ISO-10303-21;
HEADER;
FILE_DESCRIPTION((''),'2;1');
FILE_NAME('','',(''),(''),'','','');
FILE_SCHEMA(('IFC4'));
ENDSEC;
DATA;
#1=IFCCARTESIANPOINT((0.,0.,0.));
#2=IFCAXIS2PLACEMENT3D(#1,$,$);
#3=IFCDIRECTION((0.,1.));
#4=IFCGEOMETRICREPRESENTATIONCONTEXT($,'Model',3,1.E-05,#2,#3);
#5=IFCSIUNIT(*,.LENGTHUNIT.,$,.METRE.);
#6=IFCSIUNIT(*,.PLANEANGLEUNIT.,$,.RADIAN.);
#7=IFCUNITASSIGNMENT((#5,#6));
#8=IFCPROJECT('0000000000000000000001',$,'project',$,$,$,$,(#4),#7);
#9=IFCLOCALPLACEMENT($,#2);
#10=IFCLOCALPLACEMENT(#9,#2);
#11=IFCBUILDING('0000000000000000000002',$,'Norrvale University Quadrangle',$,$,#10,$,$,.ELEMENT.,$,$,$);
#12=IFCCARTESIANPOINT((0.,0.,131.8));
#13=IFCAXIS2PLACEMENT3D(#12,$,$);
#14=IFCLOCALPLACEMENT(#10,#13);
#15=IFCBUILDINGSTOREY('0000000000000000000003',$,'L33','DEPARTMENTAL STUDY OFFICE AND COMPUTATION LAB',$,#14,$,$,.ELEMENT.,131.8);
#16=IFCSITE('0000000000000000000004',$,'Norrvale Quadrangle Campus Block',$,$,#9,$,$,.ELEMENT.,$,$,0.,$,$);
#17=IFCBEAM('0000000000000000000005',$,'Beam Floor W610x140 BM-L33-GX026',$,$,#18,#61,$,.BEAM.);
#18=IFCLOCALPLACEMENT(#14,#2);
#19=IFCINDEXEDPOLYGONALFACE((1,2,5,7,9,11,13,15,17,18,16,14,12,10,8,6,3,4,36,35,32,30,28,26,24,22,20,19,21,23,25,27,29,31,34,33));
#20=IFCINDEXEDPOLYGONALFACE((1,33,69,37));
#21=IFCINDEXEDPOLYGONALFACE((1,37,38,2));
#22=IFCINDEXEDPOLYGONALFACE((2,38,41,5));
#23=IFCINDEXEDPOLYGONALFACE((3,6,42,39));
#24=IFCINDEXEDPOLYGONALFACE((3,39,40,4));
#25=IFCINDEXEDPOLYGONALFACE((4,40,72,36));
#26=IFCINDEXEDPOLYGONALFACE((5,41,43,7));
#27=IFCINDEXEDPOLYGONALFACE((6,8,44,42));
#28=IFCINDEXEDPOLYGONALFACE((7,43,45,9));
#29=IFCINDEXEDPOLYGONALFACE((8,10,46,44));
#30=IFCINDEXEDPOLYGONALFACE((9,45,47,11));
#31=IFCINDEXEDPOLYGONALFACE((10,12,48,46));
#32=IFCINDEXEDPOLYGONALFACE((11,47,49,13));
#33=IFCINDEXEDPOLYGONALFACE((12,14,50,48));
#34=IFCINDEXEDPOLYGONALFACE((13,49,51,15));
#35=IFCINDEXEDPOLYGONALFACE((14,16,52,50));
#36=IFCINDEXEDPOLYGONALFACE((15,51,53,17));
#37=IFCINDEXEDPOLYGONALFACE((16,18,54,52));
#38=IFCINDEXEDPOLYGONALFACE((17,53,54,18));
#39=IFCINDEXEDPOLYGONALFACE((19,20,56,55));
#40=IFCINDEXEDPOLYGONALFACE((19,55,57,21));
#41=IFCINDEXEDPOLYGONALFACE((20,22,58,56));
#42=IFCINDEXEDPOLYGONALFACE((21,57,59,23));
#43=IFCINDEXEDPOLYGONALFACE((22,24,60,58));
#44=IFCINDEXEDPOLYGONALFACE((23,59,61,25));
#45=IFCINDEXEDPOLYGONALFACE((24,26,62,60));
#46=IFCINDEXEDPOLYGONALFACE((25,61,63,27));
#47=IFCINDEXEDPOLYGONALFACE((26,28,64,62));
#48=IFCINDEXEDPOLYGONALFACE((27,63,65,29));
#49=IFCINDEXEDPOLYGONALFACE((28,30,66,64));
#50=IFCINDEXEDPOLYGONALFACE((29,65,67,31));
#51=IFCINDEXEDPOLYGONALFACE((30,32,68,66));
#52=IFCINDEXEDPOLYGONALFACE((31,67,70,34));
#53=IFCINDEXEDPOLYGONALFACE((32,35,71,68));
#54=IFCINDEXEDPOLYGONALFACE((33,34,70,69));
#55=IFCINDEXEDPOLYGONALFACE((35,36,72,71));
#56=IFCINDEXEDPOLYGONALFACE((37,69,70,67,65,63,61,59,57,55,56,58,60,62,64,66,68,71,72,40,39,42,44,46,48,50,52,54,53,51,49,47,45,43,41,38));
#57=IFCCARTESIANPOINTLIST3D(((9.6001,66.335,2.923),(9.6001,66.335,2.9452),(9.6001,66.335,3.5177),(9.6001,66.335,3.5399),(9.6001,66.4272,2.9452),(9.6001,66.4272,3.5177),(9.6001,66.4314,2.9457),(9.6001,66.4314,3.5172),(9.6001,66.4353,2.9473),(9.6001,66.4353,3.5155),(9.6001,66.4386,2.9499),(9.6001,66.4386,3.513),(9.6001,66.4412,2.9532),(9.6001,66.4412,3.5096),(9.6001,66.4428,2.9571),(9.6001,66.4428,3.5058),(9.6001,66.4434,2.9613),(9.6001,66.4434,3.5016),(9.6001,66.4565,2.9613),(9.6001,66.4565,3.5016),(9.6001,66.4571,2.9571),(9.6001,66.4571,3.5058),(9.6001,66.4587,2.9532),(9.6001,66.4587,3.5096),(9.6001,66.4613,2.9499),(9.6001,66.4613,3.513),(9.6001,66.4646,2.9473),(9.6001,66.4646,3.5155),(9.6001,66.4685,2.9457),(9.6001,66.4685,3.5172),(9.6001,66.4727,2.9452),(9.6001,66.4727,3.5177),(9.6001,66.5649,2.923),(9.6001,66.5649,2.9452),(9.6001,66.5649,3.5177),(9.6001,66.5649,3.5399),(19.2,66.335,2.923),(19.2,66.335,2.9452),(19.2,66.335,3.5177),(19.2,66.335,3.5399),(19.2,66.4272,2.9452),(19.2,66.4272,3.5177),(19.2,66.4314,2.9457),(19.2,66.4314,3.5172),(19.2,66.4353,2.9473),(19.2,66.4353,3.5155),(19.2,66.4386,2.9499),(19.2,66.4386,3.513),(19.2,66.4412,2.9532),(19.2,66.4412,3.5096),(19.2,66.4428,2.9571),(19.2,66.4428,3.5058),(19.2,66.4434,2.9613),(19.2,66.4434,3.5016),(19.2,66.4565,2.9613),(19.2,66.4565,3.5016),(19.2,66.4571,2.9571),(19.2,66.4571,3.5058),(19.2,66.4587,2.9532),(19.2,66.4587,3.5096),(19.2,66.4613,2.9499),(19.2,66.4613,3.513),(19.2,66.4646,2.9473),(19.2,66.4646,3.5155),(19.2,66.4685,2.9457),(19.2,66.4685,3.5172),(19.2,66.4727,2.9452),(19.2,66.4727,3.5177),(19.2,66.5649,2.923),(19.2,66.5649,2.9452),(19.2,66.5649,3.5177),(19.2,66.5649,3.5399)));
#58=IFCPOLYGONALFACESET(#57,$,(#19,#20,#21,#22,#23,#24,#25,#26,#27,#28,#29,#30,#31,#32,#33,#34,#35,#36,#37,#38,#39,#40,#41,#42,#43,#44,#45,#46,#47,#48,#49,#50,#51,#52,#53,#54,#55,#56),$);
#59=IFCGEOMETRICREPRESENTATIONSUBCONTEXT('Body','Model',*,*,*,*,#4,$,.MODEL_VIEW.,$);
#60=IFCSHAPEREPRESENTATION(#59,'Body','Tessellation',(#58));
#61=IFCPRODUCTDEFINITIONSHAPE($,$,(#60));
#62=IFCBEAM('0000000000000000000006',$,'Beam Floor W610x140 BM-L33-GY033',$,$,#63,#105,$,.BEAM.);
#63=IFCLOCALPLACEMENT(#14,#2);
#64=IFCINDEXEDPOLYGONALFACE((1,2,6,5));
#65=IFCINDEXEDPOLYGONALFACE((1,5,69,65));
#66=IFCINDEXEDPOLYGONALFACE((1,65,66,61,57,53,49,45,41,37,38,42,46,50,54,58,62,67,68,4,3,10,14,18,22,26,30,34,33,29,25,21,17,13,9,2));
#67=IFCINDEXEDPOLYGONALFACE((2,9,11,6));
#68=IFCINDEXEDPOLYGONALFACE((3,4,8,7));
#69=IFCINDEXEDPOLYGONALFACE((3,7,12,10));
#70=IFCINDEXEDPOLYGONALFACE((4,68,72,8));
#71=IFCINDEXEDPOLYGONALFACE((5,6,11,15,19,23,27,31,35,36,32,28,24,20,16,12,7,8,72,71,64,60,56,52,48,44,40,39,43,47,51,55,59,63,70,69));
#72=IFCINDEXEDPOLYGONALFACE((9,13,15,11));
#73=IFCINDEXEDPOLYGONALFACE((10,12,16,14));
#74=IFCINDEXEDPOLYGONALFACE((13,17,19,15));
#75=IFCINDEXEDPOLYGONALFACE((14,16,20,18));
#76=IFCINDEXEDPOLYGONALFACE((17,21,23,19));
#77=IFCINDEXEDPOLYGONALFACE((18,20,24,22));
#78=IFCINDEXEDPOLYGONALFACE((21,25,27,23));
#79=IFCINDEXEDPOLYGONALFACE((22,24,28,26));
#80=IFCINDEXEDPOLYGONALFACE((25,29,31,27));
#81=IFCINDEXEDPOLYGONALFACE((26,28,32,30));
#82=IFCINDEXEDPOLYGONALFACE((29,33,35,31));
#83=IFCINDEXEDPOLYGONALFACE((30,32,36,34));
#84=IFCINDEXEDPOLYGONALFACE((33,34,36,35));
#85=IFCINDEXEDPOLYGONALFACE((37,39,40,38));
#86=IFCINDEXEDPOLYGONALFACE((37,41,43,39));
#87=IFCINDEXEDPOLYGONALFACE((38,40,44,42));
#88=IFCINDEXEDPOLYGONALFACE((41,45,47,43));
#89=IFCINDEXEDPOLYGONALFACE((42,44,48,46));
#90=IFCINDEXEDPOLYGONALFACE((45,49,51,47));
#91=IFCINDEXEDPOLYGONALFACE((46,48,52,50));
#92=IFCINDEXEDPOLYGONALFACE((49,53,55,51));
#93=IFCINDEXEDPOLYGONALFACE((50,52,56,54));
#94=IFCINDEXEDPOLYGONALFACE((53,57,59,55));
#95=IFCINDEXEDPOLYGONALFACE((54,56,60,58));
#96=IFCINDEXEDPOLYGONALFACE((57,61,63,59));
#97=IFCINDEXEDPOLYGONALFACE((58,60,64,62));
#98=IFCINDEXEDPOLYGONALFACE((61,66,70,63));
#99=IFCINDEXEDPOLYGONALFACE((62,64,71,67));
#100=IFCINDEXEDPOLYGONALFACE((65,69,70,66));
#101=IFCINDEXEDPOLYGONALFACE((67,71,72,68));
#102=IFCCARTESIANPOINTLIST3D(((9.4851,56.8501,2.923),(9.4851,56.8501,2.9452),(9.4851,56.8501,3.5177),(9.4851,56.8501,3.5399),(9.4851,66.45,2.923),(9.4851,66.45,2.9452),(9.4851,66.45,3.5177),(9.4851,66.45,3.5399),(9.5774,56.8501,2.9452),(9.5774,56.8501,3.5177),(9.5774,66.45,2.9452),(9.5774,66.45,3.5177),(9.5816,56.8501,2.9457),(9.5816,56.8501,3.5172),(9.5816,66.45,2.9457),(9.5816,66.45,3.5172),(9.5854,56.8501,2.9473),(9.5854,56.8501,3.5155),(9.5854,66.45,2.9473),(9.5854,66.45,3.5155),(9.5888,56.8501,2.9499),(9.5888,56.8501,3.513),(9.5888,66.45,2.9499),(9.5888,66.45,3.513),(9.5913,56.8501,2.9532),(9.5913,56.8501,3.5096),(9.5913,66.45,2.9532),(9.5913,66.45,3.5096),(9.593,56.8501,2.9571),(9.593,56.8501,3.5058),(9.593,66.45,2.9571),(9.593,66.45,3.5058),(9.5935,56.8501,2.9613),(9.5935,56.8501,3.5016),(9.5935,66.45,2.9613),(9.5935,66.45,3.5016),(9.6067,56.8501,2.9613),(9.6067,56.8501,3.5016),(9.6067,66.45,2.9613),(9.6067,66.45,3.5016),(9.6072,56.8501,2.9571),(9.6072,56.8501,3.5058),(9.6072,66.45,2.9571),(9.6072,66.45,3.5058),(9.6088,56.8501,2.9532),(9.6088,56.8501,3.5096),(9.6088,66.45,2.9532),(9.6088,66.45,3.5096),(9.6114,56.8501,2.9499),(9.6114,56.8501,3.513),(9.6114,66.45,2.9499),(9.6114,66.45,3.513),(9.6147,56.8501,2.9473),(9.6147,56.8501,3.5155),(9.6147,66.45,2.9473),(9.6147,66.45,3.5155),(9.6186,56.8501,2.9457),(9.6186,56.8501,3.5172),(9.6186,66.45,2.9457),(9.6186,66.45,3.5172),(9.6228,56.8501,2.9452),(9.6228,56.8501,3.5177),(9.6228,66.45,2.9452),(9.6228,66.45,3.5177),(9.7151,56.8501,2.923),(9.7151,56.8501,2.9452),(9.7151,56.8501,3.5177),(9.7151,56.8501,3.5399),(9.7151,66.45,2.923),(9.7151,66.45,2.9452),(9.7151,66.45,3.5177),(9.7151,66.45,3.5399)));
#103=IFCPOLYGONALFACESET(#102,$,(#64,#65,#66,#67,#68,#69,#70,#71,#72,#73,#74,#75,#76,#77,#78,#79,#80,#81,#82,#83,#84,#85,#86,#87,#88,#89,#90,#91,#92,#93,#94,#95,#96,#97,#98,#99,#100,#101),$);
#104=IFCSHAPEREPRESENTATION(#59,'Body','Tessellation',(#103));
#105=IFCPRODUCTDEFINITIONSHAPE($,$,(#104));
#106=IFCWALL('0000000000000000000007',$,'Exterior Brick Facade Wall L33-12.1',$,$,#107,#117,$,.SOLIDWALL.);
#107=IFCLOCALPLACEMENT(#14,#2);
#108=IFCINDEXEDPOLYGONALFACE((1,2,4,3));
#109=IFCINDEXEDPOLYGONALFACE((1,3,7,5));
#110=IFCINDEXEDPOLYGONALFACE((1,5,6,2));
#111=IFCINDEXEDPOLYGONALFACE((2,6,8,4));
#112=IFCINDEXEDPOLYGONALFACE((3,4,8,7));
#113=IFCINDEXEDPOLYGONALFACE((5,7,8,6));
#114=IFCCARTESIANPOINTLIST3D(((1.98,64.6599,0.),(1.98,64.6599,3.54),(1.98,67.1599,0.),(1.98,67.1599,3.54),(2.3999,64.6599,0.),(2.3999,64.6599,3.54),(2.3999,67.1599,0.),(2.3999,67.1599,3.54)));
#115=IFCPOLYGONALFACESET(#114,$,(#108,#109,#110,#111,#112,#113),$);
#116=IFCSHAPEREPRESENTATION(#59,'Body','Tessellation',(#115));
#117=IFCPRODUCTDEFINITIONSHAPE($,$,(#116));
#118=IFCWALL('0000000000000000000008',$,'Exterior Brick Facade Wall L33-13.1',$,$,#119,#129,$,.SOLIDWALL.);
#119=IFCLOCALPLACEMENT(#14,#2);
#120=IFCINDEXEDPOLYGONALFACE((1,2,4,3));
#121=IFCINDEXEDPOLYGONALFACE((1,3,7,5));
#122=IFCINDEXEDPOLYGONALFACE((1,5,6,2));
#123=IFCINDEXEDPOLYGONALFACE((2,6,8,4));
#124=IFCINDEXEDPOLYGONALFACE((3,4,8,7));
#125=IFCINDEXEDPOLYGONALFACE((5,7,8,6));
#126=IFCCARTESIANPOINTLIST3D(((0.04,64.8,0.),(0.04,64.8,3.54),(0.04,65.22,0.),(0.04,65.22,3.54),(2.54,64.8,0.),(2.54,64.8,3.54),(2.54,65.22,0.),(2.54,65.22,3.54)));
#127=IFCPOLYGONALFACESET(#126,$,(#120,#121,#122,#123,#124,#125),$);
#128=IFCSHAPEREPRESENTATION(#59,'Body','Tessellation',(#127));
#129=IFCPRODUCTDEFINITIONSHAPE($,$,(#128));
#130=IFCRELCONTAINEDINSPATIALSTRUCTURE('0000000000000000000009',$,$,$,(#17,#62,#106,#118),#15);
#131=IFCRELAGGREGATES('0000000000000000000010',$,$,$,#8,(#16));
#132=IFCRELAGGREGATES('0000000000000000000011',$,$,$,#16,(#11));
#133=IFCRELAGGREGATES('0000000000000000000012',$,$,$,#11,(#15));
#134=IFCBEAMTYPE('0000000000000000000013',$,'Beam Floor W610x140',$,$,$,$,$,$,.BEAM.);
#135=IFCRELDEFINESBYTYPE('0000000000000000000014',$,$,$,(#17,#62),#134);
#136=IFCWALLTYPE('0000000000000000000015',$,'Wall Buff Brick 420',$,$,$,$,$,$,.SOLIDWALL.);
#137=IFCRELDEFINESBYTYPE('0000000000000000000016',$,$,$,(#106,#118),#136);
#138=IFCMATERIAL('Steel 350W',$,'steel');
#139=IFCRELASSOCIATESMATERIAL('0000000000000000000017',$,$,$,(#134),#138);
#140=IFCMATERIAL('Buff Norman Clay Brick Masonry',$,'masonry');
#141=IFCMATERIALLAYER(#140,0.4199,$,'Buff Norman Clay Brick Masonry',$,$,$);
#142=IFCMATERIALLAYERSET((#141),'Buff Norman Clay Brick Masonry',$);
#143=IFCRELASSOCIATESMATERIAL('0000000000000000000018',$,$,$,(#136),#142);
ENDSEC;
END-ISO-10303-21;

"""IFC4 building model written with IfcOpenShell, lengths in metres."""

from ifc_helpers import new_model, si_unit, direction, frame, frame_2d, origin, origin_2d, place, context, subcontext, project, spatial, rectangle, i_section, extrude, material, layer, layer_set, material_profile, profile_set, type_object, element, save


model = new_model("IFC4")

# Units and contexts
model_context = context("Model", 3, precision=1e-05, world=origin(), true_north=direction((0.0, 1.0)))
body_context = subcontext(model_context, "Body", "Model", "MODEL_VIEW")
ifc_project = project(units=[si_unit("LENGTHUNIT", "METRE"), si_unit("PLANEANGLEUNIT", "RADIAN")], contexts=[model_context])

# Site, building, storey
site_placement = place(None, origin())
site = spatial("IfcSite", under=ifc_project, at=site_placement, Name="Norrvale Quadrangle Campus Block", CompositionType="ELEMENT", RefElevation=0.0)
building_placement = place(site_placement, origin())
building = spatial("IfcBuilding", under=site, at=building_placement, Name="Norrvale University Quadrangle", CompositionType="ELEMENT")
storey_placement = place(building_placement, frame((0.0, 0.0, 131.8)))
storey = spatial("IfcBuildingStorey", under=building, at=storey_placement, Name="L33", Description="DEPARTMENTAL STUDY OFFICE AND COMPUTATION LAB", CompositionType="ELEMENT", Elevation=131.8)

# Beams
ifc_material_1 = material(Name="Steel 350W", Category="steel")
ifc_material_profile_1 = material_profile(ifc_material_1, i_section(OverallWidth=0.23, OverallDepth=0.6169, WebThickness=0.0132, FlangeThickness=0.0222, FilletRadius=0.0161, at=origin_2d()), Name="Steel 350W")
ifc_profile_set_1 = profile_set([ifc_material_profile_1], Name="Steel 350W")
beam_type_1 = type_object("IfcBeamType", Name="Beam Floor W610x140", PredefinedType="BEAM", material=ifc_profile_set_1)
for number, where, z_axis, x_axis, name in (
    (1, (9.6001, 66.45, 3.2314), (1.0, 0.0, 0.0), (0.0, 1.0, 0.0), "Beam Floor W610x140 BM-L33-GX026"),
    (2, (9.6001, 56.8501, 3.2314), (0.0, 1.0, 0.0), (-1.0, 0.0, 0.0), "Beam Floor W610x140 BM-L33-GY033"),
):
    element("IfcBeam", number, at=place(storey_placement, frame(where, z_axis=z_axis, x_axis=x_axis)), inside=storey, type_object=beam_type_1, Name=name, PredefinedType="BEAM", context=body_context, shape_type="SweptSolid", body=[
        extrude(i_section(OverallWidth=0.23, OverallDepth=0.6169, WebThickness=0.0132, FlangeThickness=0.0222, FilletRadius=0.0161, at=origin_2d()), origin(), (0.0, 0.0, 1.0), 9.5999),
    ])

# Walls
ifc_material_2 = material(Name="Buff Norman Clay Brick Masonry", Category="masonry")
ifc_layer = layer(ifc_material_2, 0.4199, Name="Buff Norman Clay Brick Masonry")
ifc_layer_set = layer_set([ifc_layer], Name="Buff Norman Clay Brick Masonry")
wall_type = type_object("IfcWallType", Name="Wall Buff Brick 420", PredefinedType="SOLIDWALL", material=ifc_layer_set)
for number, where, z_axis, x_axis, name in (
    (3, (2.1899, 67.1599, 0.0), (0.0, 0.0, 1.0), (0.0, -1.0, 0.0), "Exterior Brick Facade Wall L33-12.1"),
    (4, (2.54, 65.01, 0.0), (0.0, 0.0, 1.0), (-1.0, 0.0, 0.0), "Exterior Brick Facade Wall L33-13.1"),
):
    element("IfcWall", number, at=place(storey_placement, frame(where, z_axis=z_axis, x_axis=x_axis)), inside=storey, type_object=wall_type, Name=name, PredefinedType="SOLIDWALL", context=body_context, shape_type="SweptSolid", body=[
        extrude(rectangle(XDim=2.5, YDim=0.4199, at=frame_2d((1.25, 0.0))), origin(), (0.0, 0.0, 1.0), 3.54),
    ])

save(model, "model.ifc")
